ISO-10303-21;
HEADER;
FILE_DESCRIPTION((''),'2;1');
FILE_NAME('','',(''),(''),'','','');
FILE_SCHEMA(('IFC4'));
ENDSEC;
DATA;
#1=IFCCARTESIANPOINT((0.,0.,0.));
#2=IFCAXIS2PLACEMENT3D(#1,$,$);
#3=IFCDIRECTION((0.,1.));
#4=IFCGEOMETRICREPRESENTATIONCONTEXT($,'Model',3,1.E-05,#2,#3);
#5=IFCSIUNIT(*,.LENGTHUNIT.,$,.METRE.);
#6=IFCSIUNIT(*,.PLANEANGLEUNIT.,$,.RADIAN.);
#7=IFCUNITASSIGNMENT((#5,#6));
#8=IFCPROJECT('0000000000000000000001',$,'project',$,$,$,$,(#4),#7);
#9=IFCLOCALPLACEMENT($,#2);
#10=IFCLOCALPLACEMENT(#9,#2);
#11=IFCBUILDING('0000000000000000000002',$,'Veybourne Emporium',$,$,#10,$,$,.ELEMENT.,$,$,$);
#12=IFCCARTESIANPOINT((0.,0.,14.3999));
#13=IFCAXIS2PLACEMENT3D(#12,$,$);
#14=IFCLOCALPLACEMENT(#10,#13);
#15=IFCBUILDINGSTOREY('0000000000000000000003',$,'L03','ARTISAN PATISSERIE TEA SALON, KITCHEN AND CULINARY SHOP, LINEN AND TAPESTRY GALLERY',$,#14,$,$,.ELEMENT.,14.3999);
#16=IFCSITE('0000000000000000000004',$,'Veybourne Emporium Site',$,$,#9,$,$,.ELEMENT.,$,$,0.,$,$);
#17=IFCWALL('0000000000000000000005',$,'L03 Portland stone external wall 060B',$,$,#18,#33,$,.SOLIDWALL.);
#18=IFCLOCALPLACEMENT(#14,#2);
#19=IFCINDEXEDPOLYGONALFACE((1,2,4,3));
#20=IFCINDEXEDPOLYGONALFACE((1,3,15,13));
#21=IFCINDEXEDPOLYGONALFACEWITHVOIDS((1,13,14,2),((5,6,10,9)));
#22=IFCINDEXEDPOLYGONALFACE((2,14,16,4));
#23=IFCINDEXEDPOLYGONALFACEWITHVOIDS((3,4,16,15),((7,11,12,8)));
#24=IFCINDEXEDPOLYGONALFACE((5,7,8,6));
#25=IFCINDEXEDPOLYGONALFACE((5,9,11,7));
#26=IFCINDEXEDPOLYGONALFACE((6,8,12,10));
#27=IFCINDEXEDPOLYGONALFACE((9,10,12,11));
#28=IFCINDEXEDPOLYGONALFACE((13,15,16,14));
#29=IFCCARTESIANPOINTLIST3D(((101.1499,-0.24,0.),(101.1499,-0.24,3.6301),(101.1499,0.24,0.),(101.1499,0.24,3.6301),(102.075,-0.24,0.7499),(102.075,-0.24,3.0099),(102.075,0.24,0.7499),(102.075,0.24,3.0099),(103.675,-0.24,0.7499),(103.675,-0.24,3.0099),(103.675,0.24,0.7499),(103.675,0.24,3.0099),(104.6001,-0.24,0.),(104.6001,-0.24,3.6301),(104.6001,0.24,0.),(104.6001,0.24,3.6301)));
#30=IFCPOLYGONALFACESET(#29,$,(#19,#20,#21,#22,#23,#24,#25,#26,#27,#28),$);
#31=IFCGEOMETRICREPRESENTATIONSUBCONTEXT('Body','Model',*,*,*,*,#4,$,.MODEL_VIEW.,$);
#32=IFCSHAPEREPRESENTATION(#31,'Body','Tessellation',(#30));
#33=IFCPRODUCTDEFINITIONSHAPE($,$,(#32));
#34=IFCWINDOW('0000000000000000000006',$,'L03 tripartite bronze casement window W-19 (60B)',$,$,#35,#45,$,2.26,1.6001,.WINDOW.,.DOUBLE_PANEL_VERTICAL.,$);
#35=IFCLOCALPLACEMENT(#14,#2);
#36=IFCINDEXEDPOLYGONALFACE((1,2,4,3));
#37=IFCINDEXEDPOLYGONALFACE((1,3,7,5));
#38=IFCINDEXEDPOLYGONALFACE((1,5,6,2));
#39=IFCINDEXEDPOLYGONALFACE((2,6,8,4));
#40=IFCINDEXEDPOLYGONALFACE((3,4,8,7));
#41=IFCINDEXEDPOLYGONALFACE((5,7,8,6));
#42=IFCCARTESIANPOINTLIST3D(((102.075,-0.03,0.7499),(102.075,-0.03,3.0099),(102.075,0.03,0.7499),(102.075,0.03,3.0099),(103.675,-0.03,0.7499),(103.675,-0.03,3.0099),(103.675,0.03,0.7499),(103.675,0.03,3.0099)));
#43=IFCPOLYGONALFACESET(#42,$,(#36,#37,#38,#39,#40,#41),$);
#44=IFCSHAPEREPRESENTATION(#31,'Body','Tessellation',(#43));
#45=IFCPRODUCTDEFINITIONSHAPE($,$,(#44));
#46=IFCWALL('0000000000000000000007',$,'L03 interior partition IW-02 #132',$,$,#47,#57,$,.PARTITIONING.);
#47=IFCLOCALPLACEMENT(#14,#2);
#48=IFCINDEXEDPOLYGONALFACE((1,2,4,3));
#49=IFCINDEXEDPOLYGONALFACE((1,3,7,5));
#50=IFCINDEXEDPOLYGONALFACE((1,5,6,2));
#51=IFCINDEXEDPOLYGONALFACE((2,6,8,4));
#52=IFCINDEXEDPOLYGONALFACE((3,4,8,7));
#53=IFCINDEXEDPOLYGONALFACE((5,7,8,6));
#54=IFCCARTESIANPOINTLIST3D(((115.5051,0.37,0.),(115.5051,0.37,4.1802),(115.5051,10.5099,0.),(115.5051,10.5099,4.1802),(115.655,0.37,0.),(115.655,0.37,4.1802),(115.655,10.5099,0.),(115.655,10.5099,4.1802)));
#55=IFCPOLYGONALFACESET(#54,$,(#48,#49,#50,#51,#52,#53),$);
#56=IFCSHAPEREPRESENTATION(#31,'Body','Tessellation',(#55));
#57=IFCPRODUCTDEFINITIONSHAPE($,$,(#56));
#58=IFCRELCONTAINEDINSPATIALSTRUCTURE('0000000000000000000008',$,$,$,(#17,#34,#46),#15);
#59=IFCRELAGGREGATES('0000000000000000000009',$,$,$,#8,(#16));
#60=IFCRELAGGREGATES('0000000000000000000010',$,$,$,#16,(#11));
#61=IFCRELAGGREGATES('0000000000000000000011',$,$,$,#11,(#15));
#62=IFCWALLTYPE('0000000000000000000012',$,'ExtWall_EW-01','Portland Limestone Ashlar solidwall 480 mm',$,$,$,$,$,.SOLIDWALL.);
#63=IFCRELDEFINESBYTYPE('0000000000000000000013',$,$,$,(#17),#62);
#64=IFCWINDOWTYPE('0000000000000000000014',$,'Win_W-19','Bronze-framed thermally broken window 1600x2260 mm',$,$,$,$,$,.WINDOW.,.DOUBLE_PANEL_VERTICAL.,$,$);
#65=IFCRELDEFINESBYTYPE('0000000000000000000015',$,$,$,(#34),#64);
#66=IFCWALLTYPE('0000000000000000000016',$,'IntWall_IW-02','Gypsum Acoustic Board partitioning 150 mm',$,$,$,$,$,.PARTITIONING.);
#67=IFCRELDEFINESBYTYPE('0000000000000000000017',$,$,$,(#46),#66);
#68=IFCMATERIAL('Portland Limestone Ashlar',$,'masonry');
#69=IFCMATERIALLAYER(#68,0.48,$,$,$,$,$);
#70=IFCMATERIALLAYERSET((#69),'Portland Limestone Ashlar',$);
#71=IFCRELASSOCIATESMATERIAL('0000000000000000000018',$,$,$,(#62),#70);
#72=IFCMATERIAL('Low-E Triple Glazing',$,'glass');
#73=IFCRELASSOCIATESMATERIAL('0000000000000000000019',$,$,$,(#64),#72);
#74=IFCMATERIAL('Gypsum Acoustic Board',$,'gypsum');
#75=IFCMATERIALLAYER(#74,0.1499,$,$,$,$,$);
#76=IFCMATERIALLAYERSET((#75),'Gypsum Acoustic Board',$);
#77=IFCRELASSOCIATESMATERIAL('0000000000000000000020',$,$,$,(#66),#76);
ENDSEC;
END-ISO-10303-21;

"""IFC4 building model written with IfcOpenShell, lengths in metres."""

from ifc_helpers import new_model, si_unit, direction, frame, frame_2d, origin, place, context, subcontext, project, spatial, rectangle, extrude, material, layer, layer_set, type_object, element, fill, save


model = new_model("IFC4")

# Units and contexts
model_context = context("Model", 3, precision=1e-05, world=origin(), true_north=direction((0.0, 1.0)))
body_context = subcontext(model_context, "Body", "Model", "MODEL_VIEW")
ifc_project = project(units=[si_unit("LENGTHUNIT", "METRE"), si_unit("PLANEANGLEUNIT", "RADIAN")], contexts=[model_context])

# Site, building, storey
site_placement = place(None, origin())
site = spatial("IfcSite", under=ifc_project, at=site_placement, Name="Veybourne Emporium Site", CompositionType="ELEMENT", RefElevation=0.0)
building_placement = place(site_placement, origin())
building = spatial("IfcBuilding", under=site, at=building_placement, Name="Veybourne Emporium", CompositionType="ELEMENT")
storey_placement = place(building_placement, frame((0.0, 0.0, 14.3999)))
storey = spatial("IfcBuildingStorey", under=building, at=storey_placement, Name="L03", Description="ARTISAN PATISSERIE TEA SALON, KITCHEN AND CULINARY SHOP, LINEN AND TAPESTRY GALLERY", CompositionType="ELEMENT", Elevation=14.3999)

# Wall, opening, window
ifc_material_1 = material(Name="Portland Limestone Ashlar", Category="masonry")
ifc_layer_1 = layer(ifc_material_1, 0.48)
ifc_layer_set_1 = layer_set([ifc_layer_1], Name="Portland Limestone Ashlar")
wall_type_1 = type_object("IfcWallType", Name="ExtWall_EW-01", Description="Portland Limestone Ashlar solidwall 480 mm", PredefinedType="SOLIDWALL", material=ifc_layer_set_1)
ifc_material_2 = material(Name="Low-E Triple Glazing", Category="glass")
wall_1_placement = place(storey_placement, frame((104.6001, 0.0, 0.0), z_axis=(0.0, 0.0, 1.0), x_axis=(-1.0, 0.0, 0.0)))
wall_1 = element("IfcWall", 1, at=wall_1_placement, inside=storey, type_object=wall_type_1, Name="L03 Portland stone external wall 060B", PredefinedType="SOLIDWALL", context=body_context, shape_type="SweptSolid", body=[
    extrude(rectangle(XDim=3.4502, YDim=0.48, at=frame_2d((1.7251, 0.0))), origin(), (0.0, 0.0, 1.0), 3.6301),
])
opening_1_placement = place(wall_1_placement, frame((0.925, 0.0, 0.75)))
opening_1 = element("IfcOpeningElement", 2, at=opening_1_placement, cuts=wall_1, PredefinedType="OPENING", context=body_context, shape_type="SweptSolid", body=[
    extrude(rectangle(XDim=1.6001, YDim=2.26, at=frame_2d((0.8, 1.1299))), frame((0.0, 0.26, 0.0), z_axis=(0.0, -1.0, 0.0), x_axis=(1.0, 0.0, 0.0)), (0.0, 0.0, 1.0), 0.52),
])
window_type_1 = type_object("IfcWindowType", Name="Win_W-19", Description="Bronze-framed thermally broken window 1600x2260 mm", PartitioningType="DOUBLE_PANEL_VERTICAL", PredefinedType="WINDOW", material=ifc_material_2)
window_1_placement = place(opening_1_placement, origin())
window_1 = element("IfcWindow", 3, at=window_1_placement, inside=storey, type_object=window_type_1, Name="L03 tripartite bronze casement window W-19 (60B)", OverallHeight=2.26, OverallWidth=1.6001, PartitioningType="DOUBLE_PANEL_VERTICAL", PredefinedType="WINDOW", context=body_context, shape_type="SweptSolid", body=[
    extrude(rectangle(XDim=1.6001, YDim=2.26, at=frame_2d((0.8, 1.1299))), frame((0.0, 0.03, 0.0), z_axis=(0.0, -1.0, 0.0), x_axis=(1.0, 0.0, 0.0)), (0.0, 0.0, 1.0), 0.0601),
])
fill(opening_1, window_1)

# Wall
ifc_material_3 = material(Name="Gypsum Acoustic Board", Category="gypsum")
ifc_layer_2 = layer(ifc_material_3, 0.1499)
ifc_layer_set_2 = layer_set([ifc_layer_2], Name="Gypsum Acoustic Board")
wall_type_2 = type_object("IfcWallType", Name="IntWall_IW-02", Description="Gypsum Acoustic Board partitioning 150 mm", PredefinedType="PARTITIONING", material=ifc_layer_set_2)
wall_2_placement = place(storey_placement, frame((115.5801, 0.3701, 0.0), z_axis=(0.0, 0.0, 1.0), x_axis=(0.0, 1.0, 0.0)))
element("IfcWall", 4, at=wall_2_placement, inside=storey, type_object=wall_type_2, Name="L03 interior partition IW-02 #132", PredefinedType="PARTITIONING", context=body_context, shape_type="SweptSolid", body=[
    extrude(rectangle(XDim=10.1399, YDim=0.1499, at=frame_2d((5.0698, 0.0))), origin(), (0.0, 0.0, 1.0), 4.1802),
])

save(model, "model.ifc")
